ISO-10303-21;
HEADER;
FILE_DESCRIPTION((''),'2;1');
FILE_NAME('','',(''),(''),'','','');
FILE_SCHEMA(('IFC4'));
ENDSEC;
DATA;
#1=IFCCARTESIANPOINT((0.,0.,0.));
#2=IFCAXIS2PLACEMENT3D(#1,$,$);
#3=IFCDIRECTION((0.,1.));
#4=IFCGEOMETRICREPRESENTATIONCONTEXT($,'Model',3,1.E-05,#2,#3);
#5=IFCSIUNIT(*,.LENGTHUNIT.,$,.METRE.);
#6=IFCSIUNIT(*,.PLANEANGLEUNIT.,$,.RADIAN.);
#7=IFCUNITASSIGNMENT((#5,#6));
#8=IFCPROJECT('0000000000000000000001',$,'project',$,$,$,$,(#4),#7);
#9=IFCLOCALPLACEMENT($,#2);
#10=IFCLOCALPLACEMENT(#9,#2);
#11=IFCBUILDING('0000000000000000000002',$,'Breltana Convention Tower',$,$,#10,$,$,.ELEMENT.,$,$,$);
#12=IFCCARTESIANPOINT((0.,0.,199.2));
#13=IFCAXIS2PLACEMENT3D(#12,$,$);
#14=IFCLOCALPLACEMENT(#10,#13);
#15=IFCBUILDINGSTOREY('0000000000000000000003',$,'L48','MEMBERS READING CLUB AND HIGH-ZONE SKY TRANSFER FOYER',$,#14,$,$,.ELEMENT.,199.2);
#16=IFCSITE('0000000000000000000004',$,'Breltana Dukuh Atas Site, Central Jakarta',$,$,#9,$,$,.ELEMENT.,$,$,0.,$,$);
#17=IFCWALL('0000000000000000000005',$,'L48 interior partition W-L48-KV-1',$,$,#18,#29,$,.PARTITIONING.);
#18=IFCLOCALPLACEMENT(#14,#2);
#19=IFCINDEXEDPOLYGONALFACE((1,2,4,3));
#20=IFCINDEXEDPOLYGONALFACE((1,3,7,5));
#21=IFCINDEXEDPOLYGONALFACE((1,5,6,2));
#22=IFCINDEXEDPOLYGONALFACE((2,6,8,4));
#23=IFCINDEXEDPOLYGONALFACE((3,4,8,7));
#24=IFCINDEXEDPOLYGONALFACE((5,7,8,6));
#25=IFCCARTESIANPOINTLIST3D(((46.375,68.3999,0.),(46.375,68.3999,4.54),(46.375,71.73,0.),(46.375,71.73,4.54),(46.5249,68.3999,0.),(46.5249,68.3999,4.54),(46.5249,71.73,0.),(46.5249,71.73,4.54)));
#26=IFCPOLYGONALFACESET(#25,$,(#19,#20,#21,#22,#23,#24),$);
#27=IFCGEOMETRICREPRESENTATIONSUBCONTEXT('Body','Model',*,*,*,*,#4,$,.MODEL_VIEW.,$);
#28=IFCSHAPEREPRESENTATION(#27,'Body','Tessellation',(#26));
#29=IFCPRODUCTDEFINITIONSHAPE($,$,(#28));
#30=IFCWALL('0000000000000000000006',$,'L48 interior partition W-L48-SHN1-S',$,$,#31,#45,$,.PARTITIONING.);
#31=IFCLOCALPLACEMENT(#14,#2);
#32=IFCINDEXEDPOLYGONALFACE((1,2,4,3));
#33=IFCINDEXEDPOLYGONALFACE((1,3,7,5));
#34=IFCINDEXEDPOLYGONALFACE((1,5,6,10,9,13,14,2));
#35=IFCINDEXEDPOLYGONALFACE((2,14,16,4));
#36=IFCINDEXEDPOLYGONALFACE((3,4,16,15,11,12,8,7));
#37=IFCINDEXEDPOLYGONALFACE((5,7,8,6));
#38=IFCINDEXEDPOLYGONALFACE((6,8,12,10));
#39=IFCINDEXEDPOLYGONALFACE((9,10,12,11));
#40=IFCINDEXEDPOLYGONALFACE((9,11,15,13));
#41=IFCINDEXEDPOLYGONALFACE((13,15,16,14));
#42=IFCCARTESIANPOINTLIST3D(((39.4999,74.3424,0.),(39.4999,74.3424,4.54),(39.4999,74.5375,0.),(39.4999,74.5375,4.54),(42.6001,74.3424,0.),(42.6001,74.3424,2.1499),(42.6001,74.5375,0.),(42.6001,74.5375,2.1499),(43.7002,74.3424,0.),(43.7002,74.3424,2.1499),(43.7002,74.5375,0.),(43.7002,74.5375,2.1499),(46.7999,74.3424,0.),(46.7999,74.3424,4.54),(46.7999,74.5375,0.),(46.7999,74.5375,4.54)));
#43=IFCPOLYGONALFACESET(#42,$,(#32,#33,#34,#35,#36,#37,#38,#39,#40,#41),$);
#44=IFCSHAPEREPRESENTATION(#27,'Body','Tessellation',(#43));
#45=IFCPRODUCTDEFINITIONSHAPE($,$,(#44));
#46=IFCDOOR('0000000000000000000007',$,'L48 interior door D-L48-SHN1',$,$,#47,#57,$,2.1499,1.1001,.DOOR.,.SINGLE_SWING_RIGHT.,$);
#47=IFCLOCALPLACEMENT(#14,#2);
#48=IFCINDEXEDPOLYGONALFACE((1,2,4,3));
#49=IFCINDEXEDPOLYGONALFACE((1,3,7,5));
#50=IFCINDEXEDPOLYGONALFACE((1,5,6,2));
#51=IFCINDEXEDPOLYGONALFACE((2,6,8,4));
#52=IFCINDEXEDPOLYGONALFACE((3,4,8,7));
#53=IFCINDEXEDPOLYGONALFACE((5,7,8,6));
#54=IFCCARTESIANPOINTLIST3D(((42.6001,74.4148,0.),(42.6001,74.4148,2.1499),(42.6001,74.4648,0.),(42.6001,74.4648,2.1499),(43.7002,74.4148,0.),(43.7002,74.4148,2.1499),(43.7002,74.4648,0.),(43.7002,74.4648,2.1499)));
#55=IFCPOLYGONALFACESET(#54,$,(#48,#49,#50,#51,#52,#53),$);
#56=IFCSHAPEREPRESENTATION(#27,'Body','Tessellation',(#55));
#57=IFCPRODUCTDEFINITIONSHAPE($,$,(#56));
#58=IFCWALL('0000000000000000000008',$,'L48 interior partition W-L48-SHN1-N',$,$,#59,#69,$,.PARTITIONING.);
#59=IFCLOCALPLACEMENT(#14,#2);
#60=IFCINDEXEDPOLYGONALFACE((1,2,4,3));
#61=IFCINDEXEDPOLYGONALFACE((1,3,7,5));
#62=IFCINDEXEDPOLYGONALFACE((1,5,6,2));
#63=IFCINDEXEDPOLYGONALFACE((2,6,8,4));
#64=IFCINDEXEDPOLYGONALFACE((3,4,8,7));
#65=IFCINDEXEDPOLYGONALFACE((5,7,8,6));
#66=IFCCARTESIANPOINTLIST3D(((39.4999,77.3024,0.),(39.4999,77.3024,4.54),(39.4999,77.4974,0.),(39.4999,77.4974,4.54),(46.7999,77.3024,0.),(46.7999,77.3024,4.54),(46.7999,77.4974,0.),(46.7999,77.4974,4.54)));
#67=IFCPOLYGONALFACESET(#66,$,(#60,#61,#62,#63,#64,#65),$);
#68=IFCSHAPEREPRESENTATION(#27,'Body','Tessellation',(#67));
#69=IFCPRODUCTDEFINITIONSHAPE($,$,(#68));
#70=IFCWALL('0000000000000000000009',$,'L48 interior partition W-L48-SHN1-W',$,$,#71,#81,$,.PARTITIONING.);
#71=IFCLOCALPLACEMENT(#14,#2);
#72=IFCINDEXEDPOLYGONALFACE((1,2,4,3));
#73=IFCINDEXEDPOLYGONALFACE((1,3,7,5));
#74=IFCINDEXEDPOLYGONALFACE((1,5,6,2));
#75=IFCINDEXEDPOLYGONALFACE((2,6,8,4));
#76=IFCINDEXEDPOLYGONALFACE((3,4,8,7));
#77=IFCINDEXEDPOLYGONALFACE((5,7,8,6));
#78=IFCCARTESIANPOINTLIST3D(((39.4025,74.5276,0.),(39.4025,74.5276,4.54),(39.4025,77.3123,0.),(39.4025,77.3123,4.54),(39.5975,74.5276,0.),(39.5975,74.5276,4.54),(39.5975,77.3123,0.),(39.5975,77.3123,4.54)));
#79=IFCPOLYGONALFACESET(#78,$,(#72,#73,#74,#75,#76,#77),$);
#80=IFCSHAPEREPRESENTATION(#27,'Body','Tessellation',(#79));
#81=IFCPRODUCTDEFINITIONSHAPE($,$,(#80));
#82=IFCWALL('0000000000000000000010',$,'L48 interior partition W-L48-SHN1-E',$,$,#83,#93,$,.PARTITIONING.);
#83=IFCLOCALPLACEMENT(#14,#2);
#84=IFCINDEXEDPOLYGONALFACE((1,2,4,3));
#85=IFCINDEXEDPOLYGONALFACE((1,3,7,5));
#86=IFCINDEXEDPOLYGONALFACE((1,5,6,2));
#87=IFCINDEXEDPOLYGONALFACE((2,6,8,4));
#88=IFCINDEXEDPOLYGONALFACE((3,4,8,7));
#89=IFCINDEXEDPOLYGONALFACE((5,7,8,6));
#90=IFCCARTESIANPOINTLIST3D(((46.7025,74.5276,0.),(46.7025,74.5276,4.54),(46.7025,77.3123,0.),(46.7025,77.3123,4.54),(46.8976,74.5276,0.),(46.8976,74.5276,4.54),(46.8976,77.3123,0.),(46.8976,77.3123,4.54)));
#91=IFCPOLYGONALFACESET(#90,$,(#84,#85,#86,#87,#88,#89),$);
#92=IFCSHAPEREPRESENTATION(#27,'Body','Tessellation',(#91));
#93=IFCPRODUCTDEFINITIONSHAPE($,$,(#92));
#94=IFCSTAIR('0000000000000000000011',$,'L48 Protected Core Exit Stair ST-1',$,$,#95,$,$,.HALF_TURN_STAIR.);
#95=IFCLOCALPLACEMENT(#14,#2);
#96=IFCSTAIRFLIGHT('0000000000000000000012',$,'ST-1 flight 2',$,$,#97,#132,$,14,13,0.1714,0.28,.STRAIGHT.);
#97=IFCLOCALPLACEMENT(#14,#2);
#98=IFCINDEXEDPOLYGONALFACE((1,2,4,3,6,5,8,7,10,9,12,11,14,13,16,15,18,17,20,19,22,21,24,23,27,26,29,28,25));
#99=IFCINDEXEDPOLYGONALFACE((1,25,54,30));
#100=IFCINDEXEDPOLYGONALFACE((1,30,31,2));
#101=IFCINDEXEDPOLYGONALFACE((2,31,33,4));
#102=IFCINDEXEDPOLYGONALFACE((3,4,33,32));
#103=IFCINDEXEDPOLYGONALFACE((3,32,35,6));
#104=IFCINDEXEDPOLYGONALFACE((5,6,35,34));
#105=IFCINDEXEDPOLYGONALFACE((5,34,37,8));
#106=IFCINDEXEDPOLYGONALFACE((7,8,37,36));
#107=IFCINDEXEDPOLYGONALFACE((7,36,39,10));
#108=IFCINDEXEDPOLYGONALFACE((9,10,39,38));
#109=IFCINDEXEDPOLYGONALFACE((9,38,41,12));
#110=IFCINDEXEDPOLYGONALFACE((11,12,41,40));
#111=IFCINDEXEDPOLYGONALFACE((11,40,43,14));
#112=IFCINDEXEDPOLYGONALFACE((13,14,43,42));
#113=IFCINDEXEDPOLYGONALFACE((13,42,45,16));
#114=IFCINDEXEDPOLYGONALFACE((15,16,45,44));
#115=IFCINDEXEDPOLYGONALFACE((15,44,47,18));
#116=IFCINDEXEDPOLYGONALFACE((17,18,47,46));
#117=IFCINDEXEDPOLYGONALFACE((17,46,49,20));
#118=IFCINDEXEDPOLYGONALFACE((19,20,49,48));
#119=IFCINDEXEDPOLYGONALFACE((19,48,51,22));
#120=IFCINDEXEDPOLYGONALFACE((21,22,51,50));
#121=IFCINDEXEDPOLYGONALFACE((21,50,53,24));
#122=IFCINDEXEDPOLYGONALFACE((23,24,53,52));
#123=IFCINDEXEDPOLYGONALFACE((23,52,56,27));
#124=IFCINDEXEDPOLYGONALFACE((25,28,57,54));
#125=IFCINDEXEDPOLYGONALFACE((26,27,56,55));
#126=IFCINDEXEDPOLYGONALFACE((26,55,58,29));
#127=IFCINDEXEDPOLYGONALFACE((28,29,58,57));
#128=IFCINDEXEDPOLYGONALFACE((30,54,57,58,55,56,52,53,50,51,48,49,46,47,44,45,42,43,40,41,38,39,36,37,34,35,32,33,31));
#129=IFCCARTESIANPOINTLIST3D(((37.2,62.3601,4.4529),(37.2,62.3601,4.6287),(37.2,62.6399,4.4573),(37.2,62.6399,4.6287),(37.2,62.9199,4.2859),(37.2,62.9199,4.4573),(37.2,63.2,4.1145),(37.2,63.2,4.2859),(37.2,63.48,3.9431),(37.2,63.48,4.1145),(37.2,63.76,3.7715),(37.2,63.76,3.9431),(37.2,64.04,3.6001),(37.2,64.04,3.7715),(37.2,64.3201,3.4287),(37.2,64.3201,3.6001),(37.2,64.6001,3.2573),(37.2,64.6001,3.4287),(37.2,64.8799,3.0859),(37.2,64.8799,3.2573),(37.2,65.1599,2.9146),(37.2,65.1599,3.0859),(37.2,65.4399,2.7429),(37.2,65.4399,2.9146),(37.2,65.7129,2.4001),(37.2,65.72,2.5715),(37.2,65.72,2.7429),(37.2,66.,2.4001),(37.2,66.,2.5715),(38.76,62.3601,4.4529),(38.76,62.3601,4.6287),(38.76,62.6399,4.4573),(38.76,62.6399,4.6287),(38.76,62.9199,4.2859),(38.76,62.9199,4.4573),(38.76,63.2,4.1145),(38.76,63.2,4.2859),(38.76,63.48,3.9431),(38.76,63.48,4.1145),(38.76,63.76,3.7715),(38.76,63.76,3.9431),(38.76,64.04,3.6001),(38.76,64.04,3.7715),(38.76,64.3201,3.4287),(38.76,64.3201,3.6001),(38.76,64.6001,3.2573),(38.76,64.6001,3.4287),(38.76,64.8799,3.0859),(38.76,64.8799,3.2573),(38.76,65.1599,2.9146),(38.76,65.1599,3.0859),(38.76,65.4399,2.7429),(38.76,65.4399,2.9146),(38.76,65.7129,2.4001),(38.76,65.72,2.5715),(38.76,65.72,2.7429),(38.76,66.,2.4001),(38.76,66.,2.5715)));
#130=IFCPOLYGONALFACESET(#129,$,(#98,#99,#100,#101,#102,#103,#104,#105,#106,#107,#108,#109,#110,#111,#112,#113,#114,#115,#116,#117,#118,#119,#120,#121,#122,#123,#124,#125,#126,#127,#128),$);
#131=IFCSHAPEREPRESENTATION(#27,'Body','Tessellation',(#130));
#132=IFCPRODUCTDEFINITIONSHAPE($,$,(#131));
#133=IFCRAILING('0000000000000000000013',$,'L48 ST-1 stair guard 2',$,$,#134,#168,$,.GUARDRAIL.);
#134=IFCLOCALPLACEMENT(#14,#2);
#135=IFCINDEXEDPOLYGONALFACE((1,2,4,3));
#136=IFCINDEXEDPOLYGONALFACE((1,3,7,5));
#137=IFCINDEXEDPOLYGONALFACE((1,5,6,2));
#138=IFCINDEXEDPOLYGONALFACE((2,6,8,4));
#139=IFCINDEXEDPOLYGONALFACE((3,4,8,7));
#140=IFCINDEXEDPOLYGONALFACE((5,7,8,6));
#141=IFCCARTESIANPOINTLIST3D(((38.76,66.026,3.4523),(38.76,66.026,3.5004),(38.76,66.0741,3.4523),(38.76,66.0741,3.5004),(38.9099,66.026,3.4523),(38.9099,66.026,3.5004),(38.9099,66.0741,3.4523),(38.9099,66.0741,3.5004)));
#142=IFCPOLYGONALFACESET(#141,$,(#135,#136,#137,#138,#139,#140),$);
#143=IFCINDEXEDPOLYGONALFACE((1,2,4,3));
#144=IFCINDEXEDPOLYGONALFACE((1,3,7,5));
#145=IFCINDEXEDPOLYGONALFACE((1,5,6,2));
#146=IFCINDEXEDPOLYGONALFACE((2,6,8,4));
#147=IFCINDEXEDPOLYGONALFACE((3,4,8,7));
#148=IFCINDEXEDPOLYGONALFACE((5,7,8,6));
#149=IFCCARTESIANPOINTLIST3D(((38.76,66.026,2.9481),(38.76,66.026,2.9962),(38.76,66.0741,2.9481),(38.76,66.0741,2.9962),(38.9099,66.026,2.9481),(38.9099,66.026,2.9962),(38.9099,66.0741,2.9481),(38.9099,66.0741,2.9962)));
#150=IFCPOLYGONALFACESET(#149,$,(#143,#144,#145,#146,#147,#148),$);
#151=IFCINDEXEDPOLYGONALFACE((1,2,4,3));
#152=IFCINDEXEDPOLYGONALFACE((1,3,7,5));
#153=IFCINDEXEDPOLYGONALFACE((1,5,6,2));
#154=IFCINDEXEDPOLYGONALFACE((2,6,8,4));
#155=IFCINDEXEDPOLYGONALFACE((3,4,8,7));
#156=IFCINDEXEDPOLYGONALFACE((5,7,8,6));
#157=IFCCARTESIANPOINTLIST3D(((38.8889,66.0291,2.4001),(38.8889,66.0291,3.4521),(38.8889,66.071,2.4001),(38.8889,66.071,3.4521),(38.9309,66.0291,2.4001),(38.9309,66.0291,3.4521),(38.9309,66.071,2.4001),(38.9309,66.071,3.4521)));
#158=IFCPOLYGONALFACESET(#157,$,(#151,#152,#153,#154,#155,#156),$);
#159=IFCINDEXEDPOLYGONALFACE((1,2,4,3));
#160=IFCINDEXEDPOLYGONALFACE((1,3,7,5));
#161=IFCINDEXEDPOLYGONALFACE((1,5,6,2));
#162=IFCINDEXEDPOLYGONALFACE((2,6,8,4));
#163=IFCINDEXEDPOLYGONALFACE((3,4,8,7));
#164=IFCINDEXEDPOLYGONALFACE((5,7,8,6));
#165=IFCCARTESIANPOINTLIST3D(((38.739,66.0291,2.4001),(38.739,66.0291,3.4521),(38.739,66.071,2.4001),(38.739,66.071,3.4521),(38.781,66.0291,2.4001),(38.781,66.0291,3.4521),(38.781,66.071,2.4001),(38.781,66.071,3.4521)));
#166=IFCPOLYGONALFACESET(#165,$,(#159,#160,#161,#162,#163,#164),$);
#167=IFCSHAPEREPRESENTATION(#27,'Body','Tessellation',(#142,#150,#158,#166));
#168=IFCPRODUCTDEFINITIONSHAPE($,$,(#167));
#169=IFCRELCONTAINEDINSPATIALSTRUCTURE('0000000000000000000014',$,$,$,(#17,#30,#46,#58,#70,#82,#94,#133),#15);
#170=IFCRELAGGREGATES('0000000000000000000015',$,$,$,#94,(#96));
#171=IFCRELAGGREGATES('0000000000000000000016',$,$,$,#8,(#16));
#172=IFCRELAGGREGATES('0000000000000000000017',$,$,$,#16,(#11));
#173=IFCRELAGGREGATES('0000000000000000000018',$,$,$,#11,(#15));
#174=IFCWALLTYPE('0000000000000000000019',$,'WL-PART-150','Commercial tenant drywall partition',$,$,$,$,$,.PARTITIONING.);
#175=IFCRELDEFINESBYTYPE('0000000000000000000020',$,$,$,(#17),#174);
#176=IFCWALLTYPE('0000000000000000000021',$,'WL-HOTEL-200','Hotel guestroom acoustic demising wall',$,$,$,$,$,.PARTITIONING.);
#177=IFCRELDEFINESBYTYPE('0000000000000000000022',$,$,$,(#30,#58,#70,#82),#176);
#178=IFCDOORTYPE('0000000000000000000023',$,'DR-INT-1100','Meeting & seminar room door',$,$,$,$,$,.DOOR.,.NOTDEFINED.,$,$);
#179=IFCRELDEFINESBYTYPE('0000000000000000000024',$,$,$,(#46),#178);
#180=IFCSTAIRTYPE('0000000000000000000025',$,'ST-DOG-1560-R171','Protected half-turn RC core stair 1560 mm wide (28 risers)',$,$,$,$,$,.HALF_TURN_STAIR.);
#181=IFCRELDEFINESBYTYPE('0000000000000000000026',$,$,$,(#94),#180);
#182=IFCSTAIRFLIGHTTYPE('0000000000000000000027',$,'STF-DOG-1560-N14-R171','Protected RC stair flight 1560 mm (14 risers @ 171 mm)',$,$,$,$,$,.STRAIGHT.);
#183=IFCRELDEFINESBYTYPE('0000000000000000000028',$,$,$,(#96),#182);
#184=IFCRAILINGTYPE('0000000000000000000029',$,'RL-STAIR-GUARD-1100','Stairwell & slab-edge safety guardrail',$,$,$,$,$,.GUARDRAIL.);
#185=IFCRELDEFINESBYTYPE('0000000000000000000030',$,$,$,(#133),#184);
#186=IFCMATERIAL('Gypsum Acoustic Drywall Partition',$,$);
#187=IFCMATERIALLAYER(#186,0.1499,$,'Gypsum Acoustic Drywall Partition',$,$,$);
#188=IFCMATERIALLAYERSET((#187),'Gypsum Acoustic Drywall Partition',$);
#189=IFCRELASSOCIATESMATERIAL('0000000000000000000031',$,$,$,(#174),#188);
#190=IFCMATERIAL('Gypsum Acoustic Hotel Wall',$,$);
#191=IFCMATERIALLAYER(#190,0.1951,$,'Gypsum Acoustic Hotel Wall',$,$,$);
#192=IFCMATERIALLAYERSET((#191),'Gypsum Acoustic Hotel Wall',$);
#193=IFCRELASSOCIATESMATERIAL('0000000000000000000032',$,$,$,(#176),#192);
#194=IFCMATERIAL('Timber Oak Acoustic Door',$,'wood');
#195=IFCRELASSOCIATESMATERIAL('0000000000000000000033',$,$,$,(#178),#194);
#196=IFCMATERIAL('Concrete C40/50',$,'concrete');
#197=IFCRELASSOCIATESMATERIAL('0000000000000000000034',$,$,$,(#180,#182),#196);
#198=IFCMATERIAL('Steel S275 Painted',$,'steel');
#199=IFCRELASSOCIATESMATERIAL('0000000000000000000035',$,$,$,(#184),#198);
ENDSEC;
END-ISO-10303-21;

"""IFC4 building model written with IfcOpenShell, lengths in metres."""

from ifc_helpers import new_model, si_unit, direction, frame, frame_2d, origin, origin_2d, place, context, subcontext, project, spatial, polyline, rectangle, outline, extrude, source, transform, mapped, material, layer, layer_set, type_object, type_shapes, element, fill, aggregate, save


model = new_model("IFC4")

# Units and contexts
model_context = context("Model", 3, precision=1e-05, world=origin(), true_north=direction((0.0, 1.0)))
body_context = subcontext(model_context, "Body", "Model", "MODEL_VIEW")
ifc_project = project(units=[si_unit("LENGTHUNIT", "METRE"), si_unit("PLANEANGLEUNIT", "RADIAN")], contexts=[model_context])

# Site, building, storey
site_placement = place(None, origin())
site = spatial("IfcSite", under=ifc_project, at=site_placement, Name="Breltana Dukuh Atas Site, Central Jakarta", CompositionType="ELEMENT", RefElevation=0.0)
building_placement = place(site_placement, origin())
building = spatial("IfcBuilding", under=site, at=building_placement, Name="Breltana Convention Tower", CompositionType="ELEMENT")
storey_placement = place(building_placement, frame((0.0, 0.0, 199.2)))
storey = spatial("IfcBuildingStorey", under=building, at=storey_placement, Name="L48", Description="MEMBERS READING CLUB AND HIGH-ZONE SKY TRANSFER FOYER", CompositionType="ELEMENT", Elevation=199.2)

# Shared definitions
ifc_material_1 = material(Name="Gypsum Acoustic Drywall Partition")
ifc_layer_1 = layer(ifc_material_1, 0.1499, Name="Gypsum Acoustic Drywall Partition")
ifc_layer_set_1 = layer_set([ifc_layer_1], Name="Gypsum Acoustic Drywall Partition")
wall_type_1 = type_object("IfcWallType", Name="WL-PART-150", Description="Commercial tenant drywall partition", PredefinedType="PARTITIONING", material=ifc_layer_set_1)

# Wall
shared_shape_1 = source(origin(), body_context, "Body", "SweptSolid", [
    extrude(rectangle(XDim=3.3301, YDim=0.1499, at=frame_2d((1.665, 0.0))), origin(), (0.0, 0.0, 1.0), 4.54),
])
wall_1_placement = place(storey_placement, frame((46.45, 68.3999, 0.0), z_axis=(0.0, 0.0, 1.0), x_axis=(0.0, 1.0, 0.0)))
element("IfcWall", 1, at=wall_1_placement, inside=storey, type_object=wall_type_1, Name="L48 interior partition W-L48-KV-1", PredefinedType="PARTITIONING", context=body_context, shape_type="MappedRepresentation", body=[
    mapped(shared_shape_1, transform((0.0, 0.0, 0.0), scale=1.0)),
])

# Wall, opening, door
ifc_material_2 = material(Name="Gypsum Acoustic Hotel Wall")
ifc_layer_2 = layer(ifc_material_2, 0.1951, Name="Gypsum Acoustic Hotel Wall")
ifc_layer_set_2 = layer_set([ifc_layer_2], Name="Gypsum Acoustic Hotel Wall")
wall_type_2 = type_object("IfcWallType", Name="WL-HOTEL-200", Description="Hotel guestroom acoustic demising wall", PredefinedType="PARTITIONING", material=ifc_layer_set_2)
shared_shape_2 = source(origin(), body_context, "Body", "SweptSolid", [
    extrude(rectangle(XDim=7.3, YDim=0.1951, at=frame_2d((3.6499, 0.0))), origin(), (0.0, 0.0, 1.0), 4.54),
])
wall_2_placement = place(storey_placement, frame((39.5, 74.4399, 0.0), z_axis=(0.0, 0.0, 1.0), x_axis=(1.0, 0.0, 0.0)))
wall_2 = element("IfcWall", 2, at=wall_2_placement, inside=storey, type_object=wall_type_2, Name="L48 interior partition W-L48-SHN1-S", PredefinedType="PARTITIONING", context=body_context, shape_type="MappedRepresentation", body=[
    mapped(shared_shape_2, transform((0.0, 0.0, 0.0), scale=1.0)),
])
opening_1_placement = place(wall_2_placement, frame((3.1001, 0.0, 0.0)))
opening_1 = element("IfcOpeningElement", 3, at=opening_1_placement, cuts=wall_2, PredefinedType="OPENING", context=body_context, shape_type="SweptSolid", body=[
    extrude(rectangle(XDim=1.1001, YDim=2.1499, at=frame_2d((0.55, 1.075))), frame((0.0, 0.1074, 0.0), z_axis=(0.0, -1.0, 0.0), x_axis=(1.0, 0.0, 0.0)), (0.0, 0.0, 1.0), 0.2151),
])
ifc_material_3 = material(Name="Timber Oak Acoustic Door", Category="wood")
door_type_1 = type_object("IfcDoorType", Name="DR-INT-1100", Description="Meeting & seminar room door", OperationType="NOTDEFINED", PredefinedType="DOOR", material=ifc_material_3)
shared_shape_3 = source(origin(), body_context, "Body", "SweptSolid", [
    extrude(rectangle(XDim=1.1001, YDim=2.1499, at=frame_2d((0.55, 1.075))), frame((0.0, 0.0249, 0.0), z_axis=(0.0, -1.0, 0.0), x_axis=(1.0, 0.0, 0.0)), (0.0, 0.0, 1.0), 0.05),
])
type_shapes(door_type_1, [shared_shape_3])
door_1_placement = place(opening_1_placement, origin())
door_1 = element("IfcDoor", 4, at=door_1_placement, inside=storey, type_object=door_type_1, Name="L48 interior door D-L48-SHN1", OperationType="SINGLE_SWING_RIGHT", OverallHeight=2.1499, OverallWidth=1.1001, PredefinedType="DOOR", context=body_context, shape_type="MappedRepresentation", body=[
    mapped(shared_shape_3, transform((0.0, 0.0, 0.0), scale=1.0)),
])
fill(opening_1, door_1)

# Walls
wall_3_placement = place(storey_placement, frame((39.5, 77.3999, 0.0), z_axis=(0.0, 0.0, 1.0), x_axis=(1.0, 0.0, 0.0)))
element("IfcWall", 5, at=wall_3_placement, inside=storey, type_object=wall_type_2, Name="L48 interior partition W-L48-SHN1-N", PredefinedType="PARTITIONING", context=body_context, shape_type="MappedRepresentation", body=[
    mapped(shared_shape_2, transform((0.0, 0.0, 0.0), scale=1.0)),
])
shared_shape_4 = source(origin(), body_context, "Body", "SweptSolid", [
    extrude(rectangle(XDim=2.7847, YDim=0.1951, at=frame_2d((1.3923, 0.0))), origin(), (0.0, 0.0, 1.0), 4.54),
])
for number, where, z_axis, x_axis, name in (
    (6, (39.5, 74.5276, 0.0), (0.0, 0.0, 1.0), (0.0, 1.0, 0.0), "L48 interior partition W-L48-SHN1-W"),
    (7, (46.8, 74.5276, 0.0), (0.0, 0.0, 1.0), (0.0, 1.0, 0.0), "L48 interior partition W-L48-SHN1-E"),
):
    element("IfcWall", number, at=place(storey_placement, frame(where, z_axis=z_axis, x_axis=x_axis)), inside=storey, type_object=wall_type_2, Name=name, PredefinedType="PARTITIONING", context=body_context, shape_type="MappedRepresentation", body=[
        mapped(shared_shape_4, transform((0.0, 0.0, 0.0), scale=1.0)),
    ])

# Stair, stair flight
ifc_material_4 = material(Name="Concrete C40/50", Category="concrete")
stair_type = type_object("IfcStairType", Name="ST-DOG-1560-R171", Description="Protected half-turn RC core stair 1560 mm wide (28 risers)", PredefinedType="HALF_TURN_STAIR", material=ifc_material_4)
stair_placement = place(storey_placement, origin())
stair = element("IfcStair", 8, at=stair_placement, inside=storey, type_object=stair_type, Name="L48 Protected Core Exit Stair ST-1", PredefinedType="HALF_TURN_STAIR")
stair_flight_type = type_object("IfcStairFlightType", Name="STF-DOG-1560-N14-R171", Description="Protected RC stair flight 1560 mm (14 risers @ 171 mm)", PredefinedType="STRAIGHT", material=ifc_material_4)
stair_flight_placement = place(storey_placement, frame((37.98, 66.0, 2.4001), z_axis=(0.0, 0.0, 1.0), x_axis=(0.0, -1.0, 0.0)))
stair_flight = element("IfcStairFlight", 9, at=stair_flight_placement, type_object=stair_flight_type, Name="ST-1 flight 2", NumberOfRisers=14, NumberOfTreads=13, PredefinedType="STRAIGHT", RiserHeight=0.1714, TreadLength=0.28, context=body_context, shape_type="SweptSolid", body=[
    extrude(outline(polyline([(0.0, 0.0), (0.0, 0.1714), (0.28, 0.1714), (0.28, 0.3428), (0.5601, 0.3428), (0.5601, 0.5144), (0.8401, 0.5144), (0.8401, 0.6858), (1.1201, 0.6858), (1.1201, 0.8572), (1.3999, 0.8572), (1.3999, 1.0286), (1.6799, 1.0286), (1.6799, 1.2), (1.96, 1.2), (1.96, 1.3713), (2.24, 1.3713), (2.24, 1.543), (2.52, 1.543), (2.52, 1.7144), (2.8, 1.7144), (2.8, 1.8857), (3.0801, 1.8857), (3.0801, 2.0571), (3.3601, 2.0571), (3.3601, 2.2285), (3.6399, 2.2285), (3.6399, 2.3999), (3.6399, 2.0527), (0.2871, 0.0), (0.0, 0.0)])), frame((0.0, 0.78, 0.0), z_axis=(0.0, -1.0, 0.0), x_axis=(1.0, 0.0, 0.0)), (0.0, 0.0, 1.0), 1.5601),
])
aggregate(stair, [stair_flight])

# Railing
ifc_material_5 = material(Name="Steel S275 Painted", Category="steel")
railing_type_1 = type_object("IfcRailingType", Name="RL-STAIR-GUARD-1100", Description="Stairwell & slab-edge safety guardrail", PredefinedType="GUARDRAIL", material=ifc_material_5)
railing_1_placement = place(storey_placement, frame((38.9099, 66.05, 2.4001)))
element("IfcRailing", 10, at=railing_1_placement, inside=storey, type_object=railing_type_1, Name="L48 ST-1 stair guard 2", PredefinedType="GUARDRAIL", context=body_context, shape_type="SweptSolid", body=[
    extrude(rectangle(XDim=0.0481, YDim=0.0481, at=origin_2d()), frame((0.0, 0.0, 1.0762), z_axis=(-1.0, 0.0, 0.0), x_axis=(0.0, -1.0, 0.0)), (0.0, 0.0, 1.0), 0.1499),
    extrude(rectangle(XDim=0.0481, YDim=0.0481, at=origin_2d()), frame((0.0, 0.0, 0.572), z_axis=(-1.0, 0.0, 0.0), x_axis=(0.0, -1.0, 0.0)), (0.0, 0.0, 1.0), 0.1499),
    extrude(rectangle(XDim=0.042, YDim=0.042, at=origin_2d()), origin(), (0.0, 0.0, 1.0), 1.052),
    extrude(rectangle(XDim=0.042, YDim=0.042, at=origin_2d()), frame((-0.1499, 0.0, 0.0)), (0.0, 0.0, 1.0), 1.052),
])

save(model, "model.ifc")
